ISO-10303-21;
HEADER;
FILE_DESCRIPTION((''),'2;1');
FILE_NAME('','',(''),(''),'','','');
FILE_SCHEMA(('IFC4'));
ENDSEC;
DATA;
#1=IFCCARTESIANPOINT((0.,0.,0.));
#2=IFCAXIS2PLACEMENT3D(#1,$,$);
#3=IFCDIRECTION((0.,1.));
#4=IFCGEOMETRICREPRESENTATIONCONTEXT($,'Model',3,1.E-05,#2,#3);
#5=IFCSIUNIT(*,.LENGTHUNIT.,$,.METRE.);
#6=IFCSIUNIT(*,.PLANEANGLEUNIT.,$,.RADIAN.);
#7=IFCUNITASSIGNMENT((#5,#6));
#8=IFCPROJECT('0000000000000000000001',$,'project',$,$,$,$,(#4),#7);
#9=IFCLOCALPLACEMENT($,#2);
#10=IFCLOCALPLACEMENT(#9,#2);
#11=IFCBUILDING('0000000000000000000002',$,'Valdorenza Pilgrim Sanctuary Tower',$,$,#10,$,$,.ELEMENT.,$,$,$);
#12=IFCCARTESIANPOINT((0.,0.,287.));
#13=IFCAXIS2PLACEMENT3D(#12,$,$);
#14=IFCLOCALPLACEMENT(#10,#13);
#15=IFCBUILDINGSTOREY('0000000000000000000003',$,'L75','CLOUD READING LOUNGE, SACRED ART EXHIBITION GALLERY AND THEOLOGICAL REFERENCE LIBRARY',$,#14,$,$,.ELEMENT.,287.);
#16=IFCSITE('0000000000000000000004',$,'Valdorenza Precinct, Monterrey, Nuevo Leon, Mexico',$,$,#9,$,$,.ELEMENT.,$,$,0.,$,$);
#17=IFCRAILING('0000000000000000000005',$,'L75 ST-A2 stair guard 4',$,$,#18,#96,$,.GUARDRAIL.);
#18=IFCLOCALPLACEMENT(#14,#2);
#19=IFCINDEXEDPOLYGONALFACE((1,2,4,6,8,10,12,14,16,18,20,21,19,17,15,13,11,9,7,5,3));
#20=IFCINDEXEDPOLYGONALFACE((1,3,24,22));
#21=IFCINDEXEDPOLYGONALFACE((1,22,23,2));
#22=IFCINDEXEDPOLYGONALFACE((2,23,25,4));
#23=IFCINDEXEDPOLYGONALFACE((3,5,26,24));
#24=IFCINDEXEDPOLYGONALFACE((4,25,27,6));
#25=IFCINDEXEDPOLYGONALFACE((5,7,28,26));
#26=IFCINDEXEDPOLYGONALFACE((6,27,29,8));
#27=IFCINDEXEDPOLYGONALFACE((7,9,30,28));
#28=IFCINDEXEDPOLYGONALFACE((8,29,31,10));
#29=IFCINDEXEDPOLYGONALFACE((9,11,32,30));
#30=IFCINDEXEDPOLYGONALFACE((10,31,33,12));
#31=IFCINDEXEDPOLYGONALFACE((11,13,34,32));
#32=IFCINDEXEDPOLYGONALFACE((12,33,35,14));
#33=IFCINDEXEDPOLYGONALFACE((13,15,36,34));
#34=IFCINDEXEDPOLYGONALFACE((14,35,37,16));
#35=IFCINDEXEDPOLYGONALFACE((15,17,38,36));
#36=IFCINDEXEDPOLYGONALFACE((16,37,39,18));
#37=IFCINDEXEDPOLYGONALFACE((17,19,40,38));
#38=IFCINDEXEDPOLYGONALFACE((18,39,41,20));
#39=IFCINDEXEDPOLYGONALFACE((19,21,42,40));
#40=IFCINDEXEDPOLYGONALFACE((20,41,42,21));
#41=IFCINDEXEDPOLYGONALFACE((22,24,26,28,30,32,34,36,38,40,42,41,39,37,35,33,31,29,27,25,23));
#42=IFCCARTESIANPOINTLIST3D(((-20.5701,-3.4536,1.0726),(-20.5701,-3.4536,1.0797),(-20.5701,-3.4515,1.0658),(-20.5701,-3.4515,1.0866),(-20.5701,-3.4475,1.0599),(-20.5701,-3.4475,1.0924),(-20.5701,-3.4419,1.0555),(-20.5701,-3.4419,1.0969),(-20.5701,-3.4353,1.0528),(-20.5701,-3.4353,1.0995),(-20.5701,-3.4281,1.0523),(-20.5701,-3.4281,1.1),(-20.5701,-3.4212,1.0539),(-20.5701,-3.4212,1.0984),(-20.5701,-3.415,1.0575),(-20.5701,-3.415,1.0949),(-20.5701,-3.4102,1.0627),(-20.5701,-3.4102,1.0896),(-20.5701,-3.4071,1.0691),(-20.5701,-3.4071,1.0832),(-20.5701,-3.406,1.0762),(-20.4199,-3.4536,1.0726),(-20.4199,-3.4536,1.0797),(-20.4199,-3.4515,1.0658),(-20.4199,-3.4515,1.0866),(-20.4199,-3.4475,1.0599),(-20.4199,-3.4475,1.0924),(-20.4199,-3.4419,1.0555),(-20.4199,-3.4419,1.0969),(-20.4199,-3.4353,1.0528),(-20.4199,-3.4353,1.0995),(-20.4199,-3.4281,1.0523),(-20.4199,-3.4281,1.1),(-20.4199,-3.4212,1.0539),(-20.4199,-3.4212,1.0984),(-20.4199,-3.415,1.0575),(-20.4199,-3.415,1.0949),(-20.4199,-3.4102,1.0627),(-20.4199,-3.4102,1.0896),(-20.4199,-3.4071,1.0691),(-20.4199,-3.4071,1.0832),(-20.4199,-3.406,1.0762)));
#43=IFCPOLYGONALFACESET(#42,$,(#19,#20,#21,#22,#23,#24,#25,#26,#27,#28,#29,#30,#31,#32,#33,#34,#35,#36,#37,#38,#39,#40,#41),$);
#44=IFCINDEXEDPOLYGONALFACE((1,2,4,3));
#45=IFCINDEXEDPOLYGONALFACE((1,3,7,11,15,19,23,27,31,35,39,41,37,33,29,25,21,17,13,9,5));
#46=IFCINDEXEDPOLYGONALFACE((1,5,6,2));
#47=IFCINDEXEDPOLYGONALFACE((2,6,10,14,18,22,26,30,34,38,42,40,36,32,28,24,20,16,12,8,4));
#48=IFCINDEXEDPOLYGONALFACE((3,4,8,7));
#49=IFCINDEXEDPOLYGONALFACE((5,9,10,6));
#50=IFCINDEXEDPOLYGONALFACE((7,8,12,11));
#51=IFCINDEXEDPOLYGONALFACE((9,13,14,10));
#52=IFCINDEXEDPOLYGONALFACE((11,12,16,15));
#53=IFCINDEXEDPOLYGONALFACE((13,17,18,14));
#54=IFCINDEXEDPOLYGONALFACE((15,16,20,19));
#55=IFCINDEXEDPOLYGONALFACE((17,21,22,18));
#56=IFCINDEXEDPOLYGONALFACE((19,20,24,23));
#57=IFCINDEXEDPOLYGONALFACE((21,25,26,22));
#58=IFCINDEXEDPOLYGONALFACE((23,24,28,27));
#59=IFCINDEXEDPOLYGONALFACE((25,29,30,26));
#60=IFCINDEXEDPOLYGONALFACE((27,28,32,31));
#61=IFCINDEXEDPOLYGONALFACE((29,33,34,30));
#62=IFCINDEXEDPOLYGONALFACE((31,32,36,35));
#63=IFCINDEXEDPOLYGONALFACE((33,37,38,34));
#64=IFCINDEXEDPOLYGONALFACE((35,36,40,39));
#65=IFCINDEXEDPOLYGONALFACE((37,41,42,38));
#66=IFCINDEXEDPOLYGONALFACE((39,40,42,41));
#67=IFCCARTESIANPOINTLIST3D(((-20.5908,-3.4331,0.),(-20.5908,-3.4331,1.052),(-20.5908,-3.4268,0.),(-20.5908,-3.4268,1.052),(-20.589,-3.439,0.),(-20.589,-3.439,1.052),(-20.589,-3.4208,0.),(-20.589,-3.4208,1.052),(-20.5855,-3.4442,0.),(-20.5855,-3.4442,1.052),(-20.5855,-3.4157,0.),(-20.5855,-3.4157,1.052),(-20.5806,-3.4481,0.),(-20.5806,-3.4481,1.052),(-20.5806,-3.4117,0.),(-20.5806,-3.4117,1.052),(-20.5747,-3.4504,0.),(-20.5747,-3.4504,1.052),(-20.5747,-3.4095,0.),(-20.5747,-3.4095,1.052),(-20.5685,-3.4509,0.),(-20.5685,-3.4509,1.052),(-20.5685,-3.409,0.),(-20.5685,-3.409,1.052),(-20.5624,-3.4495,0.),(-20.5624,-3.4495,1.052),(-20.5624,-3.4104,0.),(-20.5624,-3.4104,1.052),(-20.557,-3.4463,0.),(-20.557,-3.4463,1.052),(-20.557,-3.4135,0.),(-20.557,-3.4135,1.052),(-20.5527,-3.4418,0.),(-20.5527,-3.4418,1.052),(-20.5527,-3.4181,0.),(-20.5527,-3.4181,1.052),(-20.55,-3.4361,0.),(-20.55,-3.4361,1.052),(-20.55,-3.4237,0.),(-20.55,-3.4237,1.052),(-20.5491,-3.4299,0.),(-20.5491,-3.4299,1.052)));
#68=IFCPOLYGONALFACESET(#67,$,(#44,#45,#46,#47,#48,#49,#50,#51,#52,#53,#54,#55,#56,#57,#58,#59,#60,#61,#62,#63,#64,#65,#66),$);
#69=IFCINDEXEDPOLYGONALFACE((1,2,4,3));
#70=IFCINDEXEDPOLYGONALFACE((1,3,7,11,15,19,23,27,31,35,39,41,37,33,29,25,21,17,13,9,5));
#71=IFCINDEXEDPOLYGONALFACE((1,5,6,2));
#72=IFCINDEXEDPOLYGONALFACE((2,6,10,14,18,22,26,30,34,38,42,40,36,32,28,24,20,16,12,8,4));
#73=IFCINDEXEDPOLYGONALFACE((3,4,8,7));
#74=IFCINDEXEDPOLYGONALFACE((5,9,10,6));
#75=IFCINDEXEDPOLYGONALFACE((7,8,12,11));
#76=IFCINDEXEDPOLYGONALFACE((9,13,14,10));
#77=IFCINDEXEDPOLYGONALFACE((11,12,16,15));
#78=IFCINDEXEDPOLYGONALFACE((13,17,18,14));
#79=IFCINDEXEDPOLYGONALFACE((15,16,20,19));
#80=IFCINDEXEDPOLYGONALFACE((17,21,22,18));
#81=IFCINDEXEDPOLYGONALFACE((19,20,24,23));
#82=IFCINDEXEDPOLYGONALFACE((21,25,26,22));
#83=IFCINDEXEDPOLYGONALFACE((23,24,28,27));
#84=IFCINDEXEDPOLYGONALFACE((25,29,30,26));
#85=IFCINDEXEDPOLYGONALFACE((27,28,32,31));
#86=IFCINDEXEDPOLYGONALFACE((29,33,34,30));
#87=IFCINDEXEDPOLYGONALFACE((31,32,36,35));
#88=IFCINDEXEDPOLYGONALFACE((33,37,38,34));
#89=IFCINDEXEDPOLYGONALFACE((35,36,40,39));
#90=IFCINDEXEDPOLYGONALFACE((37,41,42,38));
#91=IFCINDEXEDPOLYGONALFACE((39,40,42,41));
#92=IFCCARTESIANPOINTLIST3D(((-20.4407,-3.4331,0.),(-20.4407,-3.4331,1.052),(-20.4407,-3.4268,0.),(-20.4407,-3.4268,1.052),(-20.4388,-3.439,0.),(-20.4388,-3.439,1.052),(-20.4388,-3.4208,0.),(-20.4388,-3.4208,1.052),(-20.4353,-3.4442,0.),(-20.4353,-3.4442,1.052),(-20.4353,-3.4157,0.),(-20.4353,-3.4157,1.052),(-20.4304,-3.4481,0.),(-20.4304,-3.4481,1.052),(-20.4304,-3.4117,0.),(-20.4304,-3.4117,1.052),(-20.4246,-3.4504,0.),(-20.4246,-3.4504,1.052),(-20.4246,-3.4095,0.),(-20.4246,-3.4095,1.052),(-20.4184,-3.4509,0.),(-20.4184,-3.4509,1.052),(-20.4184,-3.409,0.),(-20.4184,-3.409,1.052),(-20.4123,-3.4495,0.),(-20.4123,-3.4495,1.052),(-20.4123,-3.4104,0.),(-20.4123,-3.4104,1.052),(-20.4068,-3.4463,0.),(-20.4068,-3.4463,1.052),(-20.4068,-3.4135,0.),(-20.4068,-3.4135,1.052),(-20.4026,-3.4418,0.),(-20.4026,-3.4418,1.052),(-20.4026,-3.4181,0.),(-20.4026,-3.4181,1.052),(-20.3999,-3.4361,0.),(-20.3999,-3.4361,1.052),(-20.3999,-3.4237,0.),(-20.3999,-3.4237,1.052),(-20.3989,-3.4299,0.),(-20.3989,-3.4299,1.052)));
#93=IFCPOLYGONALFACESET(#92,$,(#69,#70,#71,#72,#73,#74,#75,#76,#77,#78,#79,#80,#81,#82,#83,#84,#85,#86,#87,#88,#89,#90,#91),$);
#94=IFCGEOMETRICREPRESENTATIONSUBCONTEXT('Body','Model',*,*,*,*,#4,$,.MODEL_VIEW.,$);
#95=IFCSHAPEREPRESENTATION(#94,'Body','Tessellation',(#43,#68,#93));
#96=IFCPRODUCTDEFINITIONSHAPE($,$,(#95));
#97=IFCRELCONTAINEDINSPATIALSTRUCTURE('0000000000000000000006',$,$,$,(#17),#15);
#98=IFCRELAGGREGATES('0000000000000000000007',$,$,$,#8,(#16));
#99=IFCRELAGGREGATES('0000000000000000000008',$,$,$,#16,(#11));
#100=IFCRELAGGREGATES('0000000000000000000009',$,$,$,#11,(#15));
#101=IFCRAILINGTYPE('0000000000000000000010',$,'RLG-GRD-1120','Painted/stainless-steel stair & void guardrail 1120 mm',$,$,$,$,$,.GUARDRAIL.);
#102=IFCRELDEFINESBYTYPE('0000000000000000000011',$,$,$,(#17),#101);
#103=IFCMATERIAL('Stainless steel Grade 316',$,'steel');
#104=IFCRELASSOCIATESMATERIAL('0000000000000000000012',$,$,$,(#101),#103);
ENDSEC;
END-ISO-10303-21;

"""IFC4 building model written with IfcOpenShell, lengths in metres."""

from ifc_helpers import new_model, si_unit, direction, frame, origin, origin_2d, place, context, subcontext, project, spatial, circle, extrude, material, type_object, element, save


model = new_model("IFC4")

# Units and contexts
model_context = context("Model", 3, precision=1e-05, world=origin(), true_north=direction((0.0, 1.0)))
body_context = subcontext(model_context, "Body", "Model", "MODEL_VIEW")
ifc_project = project(units=[si_unit("LENGTHUNIT", "METRE"), si_unit("PLANEANGLEUNIT", "RADIAN")], contexts=[model_context])

# Site, building, storey
site_placement = place(None, origin())
site = spatial("IfcSite", under=ifc_project, at=site_placement, Name="Valdorenza Precinct, Monterrey, Nuevo Leon, Mexico", CompositionType="ELEMENT", RefElevation=0.0)
building_placement = place(site_placement, origin())
building = spatial("IfcBuilding", under=site, at=building_placement, Name="Valdorenza Pilgrim Sanctuary Tower", CompositionType="ELEMENT")
storey_placement = place(building_placement, frame((0.0, 0.0, 287.0)))
storey = spatial("IfcBuildingStorey", under=building, at=storey_placement, Name="L75", Description="CLOUD READING LOUNGE, SACRED ART EXHIBITION GALLERY AND THEOLOGICAL REFERENCE LIBRARY", CompositionType="ELEMENT", Elevation=287.0)

# Railing
ifc_material_1 = material(Name="Stainless steel Grade 316", Category="steel")
railing_type_1 = type_object("IfcRailingType", Name="RLG-GRD-1120", Description="Painted/stainless-steel stair & void guardrail 1120 mm", PredefinedType="GUARDRAIL", material=ifc_material_1)
railing_1_placement = place(storey_placement, frame((-20.5701, -3.4299, 0.0)))
element("IfcRailing", 1, at=railing_1_placement, inside=storey, type_object=railing_type_1, Name="L75 ST-A2 stair guard 4", PredefinedType="GUARDRAIL", context=body_context, shape_type="SweptSolid", body=[
    extrude(circle(Radius=0.0239, at=origin_2d()), frame((0.0, 0.0, 1.0762), z_axis=(1.0, 0.0, 0.0), x_axis=(0.0, 1.0, 0.0)), (0.0, 0.0, 1.0), 0.1501),
    extrude(circle(Radius=0.021, at=origin_2d()), origin(), (0.0, 0.0, 1.0), 1.052),
    extrude(circle(Radius=0.021, at=origin_2d()), frame((0.1501, 0.0, 0.0)), (0.0, 0.0, 1.0), 1.052),
])

save(model, "model.ifc")
